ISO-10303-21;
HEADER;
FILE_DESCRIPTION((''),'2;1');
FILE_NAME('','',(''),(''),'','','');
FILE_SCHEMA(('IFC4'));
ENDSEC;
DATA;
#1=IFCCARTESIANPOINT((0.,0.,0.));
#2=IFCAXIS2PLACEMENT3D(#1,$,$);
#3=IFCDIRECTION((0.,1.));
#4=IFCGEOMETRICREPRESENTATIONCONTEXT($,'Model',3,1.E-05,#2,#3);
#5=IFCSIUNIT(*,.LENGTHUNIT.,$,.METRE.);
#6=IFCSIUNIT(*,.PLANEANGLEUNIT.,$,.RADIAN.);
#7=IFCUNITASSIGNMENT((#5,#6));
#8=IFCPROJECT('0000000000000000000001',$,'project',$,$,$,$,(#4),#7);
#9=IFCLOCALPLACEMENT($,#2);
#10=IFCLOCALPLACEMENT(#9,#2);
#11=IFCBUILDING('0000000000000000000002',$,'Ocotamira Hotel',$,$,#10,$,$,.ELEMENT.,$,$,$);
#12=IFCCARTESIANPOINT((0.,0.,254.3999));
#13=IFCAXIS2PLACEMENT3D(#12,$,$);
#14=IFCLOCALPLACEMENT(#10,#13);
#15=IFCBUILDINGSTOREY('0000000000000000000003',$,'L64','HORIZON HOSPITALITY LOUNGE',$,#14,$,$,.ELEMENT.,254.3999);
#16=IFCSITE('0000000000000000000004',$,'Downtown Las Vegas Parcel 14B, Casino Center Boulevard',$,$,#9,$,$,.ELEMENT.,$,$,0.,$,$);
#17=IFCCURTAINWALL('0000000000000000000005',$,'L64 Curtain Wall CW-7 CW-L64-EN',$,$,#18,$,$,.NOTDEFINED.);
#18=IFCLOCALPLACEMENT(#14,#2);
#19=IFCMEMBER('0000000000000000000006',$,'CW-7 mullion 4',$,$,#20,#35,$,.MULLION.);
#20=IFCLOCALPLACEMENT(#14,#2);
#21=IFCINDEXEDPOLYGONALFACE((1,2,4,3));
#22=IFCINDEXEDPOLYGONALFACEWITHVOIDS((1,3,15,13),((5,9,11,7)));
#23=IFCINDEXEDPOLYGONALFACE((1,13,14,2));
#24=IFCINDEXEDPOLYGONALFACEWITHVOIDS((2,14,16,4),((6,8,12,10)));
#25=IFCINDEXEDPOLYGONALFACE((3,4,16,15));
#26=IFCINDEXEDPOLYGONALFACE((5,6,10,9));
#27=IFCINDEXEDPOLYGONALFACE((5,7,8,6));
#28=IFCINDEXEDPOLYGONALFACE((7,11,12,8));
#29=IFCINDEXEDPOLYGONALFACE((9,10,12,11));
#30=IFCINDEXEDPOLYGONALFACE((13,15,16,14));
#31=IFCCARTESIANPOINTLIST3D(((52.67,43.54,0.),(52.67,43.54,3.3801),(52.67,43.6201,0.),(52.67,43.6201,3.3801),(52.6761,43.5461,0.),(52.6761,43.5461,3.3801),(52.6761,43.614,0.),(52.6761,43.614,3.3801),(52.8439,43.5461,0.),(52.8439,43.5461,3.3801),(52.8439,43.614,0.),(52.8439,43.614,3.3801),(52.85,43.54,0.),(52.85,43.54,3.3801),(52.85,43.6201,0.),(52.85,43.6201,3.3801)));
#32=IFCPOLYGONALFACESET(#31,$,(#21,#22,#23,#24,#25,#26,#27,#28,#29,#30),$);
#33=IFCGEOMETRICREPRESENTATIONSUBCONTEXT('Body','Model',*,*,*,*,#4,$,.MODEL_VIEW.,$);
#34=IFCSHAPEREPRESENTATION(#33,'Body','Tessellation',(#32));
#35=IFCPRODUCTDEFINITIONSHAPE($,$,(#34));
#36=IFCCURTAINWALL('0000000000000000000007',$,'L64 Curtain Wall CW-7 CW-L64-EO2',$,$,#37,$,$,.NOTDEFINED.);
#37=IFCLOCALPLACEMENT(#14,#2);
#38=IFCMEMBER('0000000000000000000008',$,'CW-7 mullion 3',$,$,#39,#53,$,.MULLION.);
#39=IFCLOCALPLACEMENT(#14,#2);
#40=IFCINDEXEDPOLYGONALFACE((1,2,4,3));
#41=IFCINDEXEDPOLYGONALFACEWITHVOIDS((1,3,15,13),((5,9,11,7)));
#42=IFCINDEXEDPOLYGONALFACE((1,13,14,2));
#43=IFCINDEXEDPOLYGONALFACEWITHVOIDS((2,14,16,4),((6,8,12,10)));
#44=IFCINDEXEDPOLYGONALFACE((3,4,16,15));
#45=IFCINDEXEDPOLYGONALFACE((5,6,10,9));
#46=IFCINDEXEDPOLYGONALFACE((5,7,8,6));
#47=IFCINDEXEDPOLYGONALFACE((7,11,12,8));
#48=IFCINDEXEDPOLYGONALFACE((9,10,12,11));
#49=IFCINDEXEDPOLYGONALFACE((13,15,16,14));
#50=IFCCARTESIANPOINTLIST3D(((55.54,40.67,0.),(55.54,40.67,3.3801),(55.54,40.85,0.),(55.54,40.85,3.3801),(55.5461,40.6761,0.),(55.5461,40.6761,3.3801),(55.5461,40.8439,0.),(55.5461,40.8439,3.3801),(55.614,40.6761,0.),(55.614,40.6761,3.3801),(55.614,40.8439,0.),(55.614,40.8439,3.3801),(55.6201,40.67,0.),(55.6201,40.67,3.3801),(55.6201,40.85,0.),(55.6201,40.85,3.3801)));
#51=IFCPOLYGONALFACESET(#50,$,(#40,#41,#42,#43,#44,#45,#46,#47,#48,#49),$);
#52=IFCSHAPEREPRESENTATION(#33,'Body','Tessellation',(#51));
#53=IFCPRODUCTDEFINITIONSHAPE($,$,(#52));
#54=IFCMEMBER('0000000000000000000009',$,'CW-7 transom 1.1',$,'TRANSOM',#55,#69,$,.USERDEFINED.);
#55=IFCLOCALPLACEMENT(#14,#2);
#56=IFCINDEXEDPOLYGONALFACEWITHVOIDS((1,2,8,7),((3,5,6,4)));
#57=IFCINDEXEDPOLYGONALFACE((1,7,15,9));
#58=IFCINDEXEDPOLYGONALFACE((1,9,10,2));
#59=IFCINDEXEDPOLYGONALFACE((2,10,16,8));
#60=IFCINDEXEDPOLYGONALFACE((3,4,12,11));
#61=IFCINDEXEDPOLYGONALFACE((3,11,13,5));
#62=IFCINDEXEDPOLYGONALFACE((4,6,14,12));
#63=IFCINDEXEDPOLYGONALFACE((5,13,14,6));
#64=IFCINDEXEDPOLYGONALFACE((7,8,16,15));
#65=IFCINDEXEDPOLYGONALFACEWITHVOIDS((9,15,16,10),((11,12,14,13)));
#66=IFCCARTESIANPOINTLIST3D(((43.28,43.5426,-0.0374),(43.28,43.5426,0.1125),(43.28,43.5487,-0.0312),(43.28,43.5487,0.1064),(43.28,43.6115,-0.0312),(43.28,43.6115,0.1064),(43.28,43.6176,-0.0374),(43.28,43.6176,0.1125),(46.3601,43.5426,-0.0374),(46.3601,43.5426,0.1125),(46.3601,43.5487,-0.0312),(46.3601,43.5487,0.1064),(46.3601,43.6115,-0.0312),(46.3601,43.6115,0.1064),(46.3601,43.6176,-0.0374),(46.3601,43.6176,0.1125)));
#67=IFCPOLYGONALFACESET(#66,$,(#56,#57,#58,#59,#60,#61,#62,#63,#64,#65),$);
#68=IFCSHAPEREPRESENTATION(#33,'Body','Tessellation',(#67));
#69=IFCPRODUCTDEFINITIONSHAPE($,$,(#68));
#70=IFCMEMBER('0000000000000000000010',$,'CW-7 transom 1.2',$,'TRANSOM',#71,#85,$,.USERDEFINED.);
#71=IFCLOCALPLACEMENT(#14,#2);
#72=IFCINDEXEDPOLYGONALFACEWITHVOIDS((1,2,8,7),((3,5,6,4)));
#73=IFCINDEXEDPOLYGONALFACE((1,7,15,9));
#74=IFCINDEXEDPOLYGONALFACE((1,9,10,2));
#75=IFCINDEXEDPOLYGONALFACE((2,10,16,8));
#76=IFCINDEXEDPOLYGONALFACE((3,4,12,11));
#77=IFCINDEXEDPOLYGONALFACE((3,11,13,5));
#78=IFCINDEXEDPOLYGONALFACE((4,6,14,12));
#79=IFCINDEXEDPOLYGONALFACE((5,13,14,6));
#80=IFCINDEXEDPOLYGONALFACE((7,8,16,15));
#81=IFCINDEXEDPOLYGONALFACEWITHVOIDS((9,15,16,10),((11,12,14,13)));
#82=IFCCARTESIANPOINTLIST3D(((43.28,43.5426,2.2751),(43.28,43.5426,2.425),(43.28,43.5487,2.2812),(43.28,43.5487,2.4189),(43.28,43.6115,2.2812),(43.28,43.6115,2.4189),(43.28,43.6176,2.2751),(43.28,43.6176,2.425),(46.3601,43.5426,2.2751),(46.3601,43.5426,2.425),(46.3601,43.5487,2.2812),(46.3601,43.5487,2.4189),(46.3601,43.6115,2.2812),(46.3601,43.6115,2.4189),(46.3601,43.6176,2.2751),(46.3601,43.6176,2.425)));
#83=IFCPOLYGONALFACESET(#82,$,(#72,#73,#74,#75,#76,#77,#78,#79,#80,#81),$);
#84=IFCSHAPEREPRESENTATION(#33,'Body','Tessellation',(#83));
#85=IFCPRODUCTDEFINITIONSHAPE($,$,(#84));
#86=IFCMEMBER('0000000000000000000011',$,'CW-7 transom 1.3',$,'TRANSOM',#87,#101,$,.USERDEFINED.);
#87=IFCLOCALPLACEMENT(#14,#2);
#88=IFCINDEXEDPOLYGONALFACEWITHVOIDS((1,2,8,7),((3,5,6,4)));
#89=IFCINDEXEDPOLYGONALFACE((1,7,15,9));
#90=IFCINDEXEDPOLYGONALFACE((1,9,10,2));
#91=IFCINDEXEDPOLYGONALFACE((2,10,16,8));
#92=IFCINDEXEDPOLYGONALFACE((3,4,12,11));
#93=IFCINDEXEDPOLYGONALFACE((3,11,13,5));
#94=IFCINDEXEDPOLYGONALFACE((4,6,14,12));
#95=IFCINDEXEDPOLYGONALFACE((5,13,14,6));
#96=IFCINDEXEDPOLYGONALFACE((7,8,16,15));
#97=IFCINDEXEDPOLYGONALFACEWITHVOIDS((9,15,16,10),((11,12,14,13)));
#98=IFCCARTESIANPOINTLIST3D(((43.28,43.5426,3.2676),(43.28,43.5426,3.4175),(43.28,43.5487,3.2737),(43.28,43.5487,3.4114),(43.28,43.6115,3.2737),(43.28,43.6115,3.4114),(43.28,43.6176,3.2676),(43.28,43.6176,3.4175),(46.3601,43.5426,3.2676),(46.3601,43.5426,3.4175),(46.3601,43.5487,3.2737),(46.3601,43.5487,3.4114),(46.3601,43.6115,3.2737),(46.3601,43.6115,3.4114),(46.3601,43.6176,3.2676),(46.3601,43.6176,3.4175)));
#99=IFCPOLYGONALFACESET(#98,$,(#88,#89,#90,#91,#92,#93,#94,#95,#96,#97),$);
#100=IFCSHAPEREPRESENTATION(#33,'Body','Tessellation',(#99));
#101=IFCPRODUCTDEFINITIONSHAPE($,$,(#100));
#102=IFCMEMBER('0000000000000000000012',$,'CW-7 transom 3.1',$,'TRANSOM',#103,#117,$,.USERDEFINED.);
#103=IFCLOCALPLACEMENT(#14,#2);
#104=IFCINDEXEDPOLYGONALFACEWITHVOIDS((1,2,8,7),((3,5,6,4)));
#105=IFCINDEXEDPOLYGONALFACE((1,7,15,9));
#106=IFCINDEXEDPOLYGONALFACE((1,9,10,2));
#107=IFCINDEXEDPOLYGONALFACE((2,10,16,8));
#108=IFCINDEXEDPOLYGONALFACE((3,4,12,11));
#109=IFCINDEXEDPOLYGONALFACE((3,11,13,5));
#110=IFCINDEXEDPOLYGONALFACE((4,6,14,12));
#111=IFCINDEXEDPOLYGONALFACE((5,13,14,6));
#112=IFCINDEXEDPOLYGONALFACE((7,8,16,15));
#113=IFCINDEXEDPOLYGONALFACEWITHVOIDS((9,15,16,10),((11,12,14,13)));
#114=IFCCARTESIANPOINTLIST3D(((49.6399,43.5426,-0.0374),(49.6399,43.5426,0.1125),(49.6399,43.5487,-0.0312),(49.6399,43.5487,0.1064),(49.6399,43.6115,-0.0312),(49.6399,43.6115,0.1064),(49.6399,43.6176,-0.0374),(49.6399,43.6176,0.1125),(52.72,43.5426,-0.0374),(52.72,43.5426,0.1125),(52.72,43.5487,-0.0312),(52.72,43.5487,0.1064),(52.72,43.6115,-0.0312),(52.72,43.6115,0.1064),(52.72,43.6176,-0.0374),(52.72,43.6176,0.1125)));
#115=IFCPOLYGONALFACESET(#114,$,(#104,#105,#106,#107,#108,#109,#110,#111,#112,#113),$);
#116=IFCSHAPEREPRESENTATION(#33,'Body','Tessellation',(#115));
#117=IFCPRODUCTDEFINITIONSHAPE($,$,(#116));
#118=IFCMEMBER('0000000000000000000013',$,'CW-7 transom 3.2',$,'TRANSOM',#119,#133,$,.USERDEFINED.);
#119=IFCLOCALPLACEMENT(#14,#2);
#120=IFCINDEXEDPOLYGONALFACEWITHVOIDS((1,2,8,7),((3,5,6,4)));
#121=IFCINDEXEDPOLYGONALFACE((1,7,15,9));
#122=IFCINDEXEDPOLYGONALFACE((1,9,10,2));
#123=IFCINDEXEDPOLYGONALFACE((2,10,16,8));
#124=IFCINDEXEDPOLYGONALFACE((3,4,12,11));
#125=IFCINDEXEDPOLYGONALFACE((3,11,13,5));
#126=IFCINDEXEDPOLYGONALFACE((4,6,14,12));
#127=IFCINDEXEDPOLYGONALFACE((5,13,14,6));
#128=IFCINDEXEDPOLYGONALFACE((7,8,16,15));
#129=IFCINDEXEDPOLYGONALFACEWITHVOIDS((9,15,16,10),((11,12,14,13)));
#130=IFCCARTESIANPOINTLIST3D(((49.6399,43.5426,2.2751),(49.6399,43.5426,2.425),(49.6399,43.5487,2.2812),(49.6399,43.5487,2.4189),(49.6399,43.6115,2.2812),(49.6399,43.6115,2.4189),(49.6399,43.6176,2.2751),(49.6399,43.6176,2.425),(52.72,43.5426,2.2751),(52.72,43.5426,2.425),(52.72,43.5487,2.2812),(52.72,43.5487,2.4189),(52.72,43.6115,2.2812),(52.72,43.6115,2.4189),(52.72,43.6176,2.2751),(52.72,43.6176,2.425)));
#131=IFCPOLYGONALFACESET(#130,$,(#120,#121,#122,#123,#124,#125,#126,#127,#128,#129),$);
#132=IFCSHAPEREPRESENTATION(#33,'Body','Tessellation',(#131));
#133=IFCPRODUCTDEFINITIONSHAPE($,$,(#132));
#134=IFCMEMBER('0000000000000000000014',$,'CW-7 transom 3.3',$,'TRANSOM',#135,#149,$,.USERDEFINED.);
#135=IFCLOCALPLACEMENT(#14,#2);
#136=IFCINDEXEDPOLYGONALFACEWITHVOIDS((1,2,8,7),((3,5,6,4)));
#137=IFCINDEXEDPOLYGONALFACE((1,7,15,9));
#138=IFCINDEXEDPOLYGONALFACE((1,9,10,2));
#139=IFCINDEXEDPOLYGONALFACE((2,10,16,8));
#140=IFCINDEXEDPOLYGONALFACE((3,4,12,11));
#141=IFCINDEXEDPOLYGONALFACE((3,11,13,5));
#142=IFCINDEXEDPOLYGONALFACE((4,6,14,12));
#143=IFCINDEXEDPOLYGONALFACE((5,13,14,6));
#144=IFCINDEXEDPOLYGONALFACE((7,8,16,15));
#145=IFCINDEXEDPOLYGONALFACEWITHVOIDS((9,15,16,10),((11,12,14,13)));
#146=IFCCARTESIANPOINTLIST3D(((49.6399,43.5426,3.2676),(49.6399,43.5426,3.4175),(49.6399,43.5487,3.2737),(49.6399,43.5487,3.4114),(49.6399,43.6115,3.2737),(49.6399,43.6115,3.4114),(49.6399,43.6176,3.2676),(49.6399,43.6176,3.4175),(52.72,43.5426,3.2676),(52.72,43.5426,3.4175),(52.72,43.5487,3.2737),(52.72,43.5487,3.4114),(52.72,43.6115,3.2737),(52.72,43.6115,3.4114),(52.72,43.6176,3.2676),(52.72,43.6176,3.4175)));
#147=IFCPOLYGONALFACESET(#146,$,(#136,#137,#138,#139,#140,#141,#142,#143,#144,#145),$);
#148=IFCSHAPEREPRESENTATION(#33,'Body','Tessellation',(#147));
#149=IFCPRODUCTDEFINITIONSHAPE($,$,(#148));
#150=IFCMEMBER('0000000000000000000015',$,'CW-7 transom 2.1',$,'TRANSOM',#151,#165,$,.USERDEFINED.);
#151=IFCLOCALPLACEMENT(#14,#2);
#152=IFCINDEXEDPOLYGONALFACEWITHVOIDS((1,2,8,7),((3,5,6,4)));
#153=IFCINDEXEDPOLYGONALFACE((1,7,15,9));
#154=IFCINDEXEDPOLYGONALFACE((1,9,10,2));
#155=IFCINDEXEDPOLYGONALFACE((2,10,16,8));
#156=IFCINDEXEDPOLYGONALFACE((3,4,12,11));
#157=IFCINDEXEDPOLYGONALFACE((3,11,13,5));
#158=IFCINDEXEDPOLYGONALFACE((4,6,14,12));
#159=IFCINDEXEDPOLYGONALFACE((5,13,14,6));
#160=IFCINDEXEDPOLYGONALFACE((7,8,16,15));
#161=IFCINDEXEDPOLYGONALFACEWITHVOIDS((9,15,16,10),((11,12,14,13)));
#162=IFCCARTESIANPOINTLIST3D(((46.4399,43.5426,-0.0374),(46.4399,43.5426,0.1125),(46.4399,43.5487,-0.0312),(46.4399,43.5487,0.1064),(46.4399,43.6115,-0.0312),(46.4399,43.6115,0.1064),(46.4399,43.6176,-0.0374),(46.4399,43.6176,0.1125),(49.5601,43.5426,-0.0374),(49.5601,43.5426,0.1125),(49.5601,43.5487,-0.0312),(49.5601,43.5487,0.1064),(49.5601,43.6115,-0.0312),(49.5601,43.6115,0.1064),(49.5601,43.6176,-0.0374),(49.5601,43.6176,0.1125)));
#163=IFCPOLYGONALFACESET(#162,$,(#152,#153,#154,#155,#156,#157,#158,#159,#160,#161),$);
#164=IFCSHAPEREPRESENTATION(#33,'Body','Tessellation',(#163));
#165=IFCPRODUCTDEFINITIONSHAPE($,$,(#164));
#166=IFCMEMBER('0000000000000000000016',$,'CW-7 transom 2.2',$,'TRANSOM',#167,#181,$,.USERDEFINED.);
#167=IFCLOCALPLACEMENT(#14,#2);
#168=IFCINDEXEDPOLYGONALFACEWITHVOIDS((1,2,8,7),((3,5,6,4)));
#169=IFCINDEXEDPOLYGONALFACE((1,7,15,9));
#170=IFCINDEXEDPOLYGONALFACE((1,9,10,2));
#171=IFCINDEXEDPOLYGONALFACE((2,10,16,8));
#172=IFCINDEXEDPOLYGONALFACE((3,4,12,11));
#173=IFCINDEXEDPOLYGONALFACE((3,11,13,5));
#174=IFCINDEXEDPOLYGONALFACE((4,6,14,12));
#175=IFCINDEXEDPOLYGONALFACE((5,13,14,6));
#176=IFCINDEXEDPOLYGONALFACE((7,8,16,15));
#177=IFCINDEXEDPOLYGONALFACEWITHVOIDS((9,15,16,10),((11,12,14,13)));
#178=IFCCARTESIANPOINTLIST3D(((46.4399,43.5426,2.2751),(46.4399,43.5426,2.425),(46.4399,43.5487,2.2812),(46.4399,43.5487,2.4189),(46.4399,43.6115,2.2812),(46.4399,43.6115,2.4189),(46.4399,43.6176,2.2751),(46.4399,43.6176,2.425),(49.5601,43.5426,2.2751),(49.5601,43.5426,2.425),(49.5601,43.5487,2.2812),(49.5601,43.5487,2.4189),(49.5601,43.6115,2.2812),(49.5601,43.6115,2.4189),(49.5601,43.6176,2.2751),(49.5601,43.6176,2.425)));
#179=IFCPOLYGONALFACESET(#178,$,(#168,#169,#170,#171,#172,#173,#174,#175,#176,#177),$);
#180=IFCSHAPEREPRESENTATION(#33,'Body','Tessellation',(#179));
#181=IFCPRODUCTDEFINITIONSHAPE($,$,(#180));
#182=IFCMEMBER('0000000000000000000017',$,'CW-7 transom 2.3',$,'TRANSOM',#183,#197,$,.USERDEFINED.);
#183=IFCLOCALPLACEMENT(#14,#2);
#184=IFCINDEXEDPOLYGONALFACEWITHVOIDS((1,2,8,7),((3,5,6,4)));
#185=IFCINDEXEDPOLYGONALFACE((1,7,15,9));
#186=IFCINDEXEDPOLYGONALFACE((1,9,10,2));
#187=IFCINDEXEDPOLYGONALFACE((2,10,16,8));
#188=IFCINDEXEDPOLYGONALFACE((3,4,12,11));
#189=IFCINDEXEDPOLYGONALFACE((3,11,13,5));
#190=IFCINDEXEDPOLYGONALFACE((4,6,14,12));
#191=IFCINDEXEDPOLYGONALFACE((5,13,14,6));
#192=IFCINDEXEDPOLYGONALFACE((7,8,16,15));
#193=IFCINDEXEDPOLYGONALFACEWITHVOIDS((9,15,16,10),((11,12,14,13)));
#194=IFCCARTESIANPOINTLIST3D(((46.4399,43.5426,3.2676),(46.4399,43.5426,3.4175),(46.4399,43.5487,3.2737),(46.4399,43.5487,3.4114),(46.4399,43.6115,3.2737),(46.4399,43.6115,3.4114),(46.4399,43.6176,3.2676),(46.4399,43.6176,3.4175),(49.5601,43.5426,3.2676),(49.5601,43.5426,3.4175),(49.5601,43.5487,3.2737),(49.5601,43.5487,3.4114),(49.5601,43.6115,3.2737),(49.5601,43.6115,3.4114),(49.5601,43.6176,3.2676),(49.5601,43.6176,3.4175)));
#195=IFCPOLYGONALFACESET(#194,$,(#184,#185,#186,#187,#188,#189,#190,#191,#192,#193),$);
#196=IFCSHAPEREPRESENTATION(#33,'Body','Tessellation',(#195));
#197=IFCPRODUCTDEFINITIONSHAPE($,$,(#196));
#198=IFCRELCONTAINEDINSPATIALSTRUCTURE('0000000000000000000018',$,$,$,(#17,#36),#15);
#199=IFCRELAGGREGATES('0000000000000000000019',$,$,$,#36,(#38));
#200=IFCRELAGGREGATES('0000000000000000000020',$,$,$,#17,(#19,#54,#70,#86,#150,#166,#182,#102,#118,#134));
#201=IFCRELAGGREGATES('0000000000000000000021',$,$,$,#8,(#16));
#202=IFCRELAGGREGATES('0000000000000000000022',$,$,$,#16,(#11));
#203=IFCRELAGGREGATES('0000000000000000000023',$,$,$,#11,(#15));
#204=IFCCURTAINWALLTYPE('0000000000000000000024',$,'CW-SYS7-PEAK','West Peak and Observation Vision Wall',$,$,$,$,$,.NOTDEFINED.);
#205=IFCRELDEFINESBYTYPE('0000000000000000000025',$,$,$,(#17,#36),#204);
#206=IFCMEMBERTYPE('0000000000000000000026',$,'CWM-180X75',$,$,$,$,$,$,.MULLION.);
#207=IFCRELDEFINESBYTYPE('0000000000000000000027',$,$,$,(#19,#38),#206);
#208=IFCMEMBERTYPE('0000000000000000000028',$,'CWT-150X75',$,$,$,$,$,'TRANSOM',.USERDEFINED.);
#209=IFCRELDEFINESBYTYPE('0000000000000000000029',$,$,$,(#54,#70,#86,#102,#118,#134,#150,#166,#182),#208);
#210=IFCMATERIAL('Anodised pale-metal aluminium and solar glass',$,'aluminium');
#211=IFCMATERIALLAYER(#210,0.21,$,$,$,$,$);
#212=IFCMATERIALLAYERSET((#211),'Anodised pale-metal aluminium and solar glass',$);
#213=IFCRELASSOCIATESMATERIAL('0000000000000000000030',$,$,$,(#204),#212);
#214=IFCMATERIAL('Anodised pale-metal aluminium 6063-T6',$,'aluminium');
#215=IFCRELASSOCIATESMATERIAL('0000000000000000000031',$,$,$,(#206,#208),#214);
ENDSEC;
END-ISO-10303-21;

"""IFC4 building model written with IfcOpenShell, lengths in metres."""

from ifc_helpers import new_model, si_unit, direction, frame, origin, origin_2d, place, context, subcontext, project, spatial, hollow_rectangle, extrude, source, transform, mapped, material, layer, layer_set, material_profile, profile_set, type_object, element, aggregate, save


model = new_model("IFC4")

# Units and contexts
model_context = context("Model", 3, precision=1e-05, world=origin(), true_north=direction((0.0, 1.0)))
body_context = subcontext(model_context, "Body", "Model", "MODEL_VIEW")
ifc_project = project(units=[si_unit("LENGTHUNIT", "METRE"), si_unit("PLANEANGLEUNIT", "RADIAN")], contexts=[model_context])

# Site, building, storey
site_placement = place(None, origin())
site = spatial("IfcSite", under=ifc_project, at=site_placement, Name="Downtown Las Vegas Parcel 14B, Casino Center Boulevard", CompositionType="ELEMENT", RefElevation=0.0)
building_placement = place(site_placement, origin())
building = spatial("IfcBuilding", under=site, at=building_placement, Name="Ocotamira Hotel", CompositionType="ELEMENT")
storey_placement = place(building_placement, frame((0.0, 0.0, 254.3999)))
storey = spatial("IfcBuildingStorey", under=building, at=storey_placement, Name="L64", Description="HORIZON HOSPITALITY LOUNGE", CompositionType="ELEMENT", Elevation=254.3999)

# Curtain wall, member
ifc_material_1 = material(Name="Anodised pale-metal aluminium and solar glass", Category="aluminium")
ifc_layer_1 = layer(ifc_material_1, 0.21)
ifc_layer_set_1 = layer_set([ifc_layer_1], Name="Anodised pale-metal aluminium and solar glass")
curtain_wall_type = type_object("IfcCurtainWallType", Name="CW-SYS7-PEAK", Description="West Peak and Observation Vision Wall", PredefinedType="NOTDEFINED", material=ifc_layer_set_1)
curtain_wall_1_placement = place(storey_placement, origin())
curtain_wall_1 = element("IfcCurtainWall", 1, at=curtain_wall_1_placement, inside=storey, type_object=curtain_wall_type, Name="L64 Curtain Wall CW-7 CW-L64-EN", PredefinedType="NOTDEFINED")
ifc_material_2 = material(Name="Anodised pale-metal aluminium 6063-T6", Category="aluminium")
ifc_material_profile_1 = material_profile(ifc_material_2, hollow_rectangle(XDim=0.0801, YDim=0.1799, WallThickness=0.0061, at=origin_2d()), Name="HSS180X80X6")
ifc_profile_set_1 = profile_set([ifc_material_profile_1], Name="Anodised pale-metal aluminium 6063-T6")
member_type_1 = type_object("IfcMemberType", Name="CWM-180X75", PredefinedType="MULLION", material=ifc_profile_set_1)
shared_shape_1 = source(origin(), body_context, "Body", "SweptSolid", [
    extrude(hollow_rectangle(XDim=0.0801, YDim=0.1799, WallThickness=0.0061, at=origin_2d()), origin(), (0.0, 0.0, 1.0), 3.3801),
])
member_1_placement = place(storey_placement, frame((52.76, 43.5801, 0.0), z_axis=(0.0, 0.0, 1.0), x_axis=(0.0, 1.0, 0.0)))
member_1 = element("IfcMember", 2, at=member_1_placement, type_object=member_type_1, Name="CW-7 mullion 4", PredefinedType="MULLION", context=body_context, shape_type="MappedRepresentation", body=[
    mapped(shared_shape_1, transform((0.0, 0.0, 0.0), scale=1.0)),
])

# Curtain wall, member
curtain_wall_2_placement = place(storey_placement, origin())
curtain_wall_2 = element("IfcCurtainWall", 3, at=curtain_wall_2_placement, inside=storey, type_object=curtain_wall_type, Name="L64 Curtain Wall CW-7 CW-L64-EO2", PredefinedType="NOTDEFINED")
member_2_placement = place(storey_placement, frame((55.5801, 40.76, 0.0), z_axis=(0.0, 0.0, 1.0), x_axis=(-1.0, 0.0, 0.0)))
member_2 = element("IfcMember", 4, at=member_2_placement, type_object=member_type_1, Name="CW-7 mullion 3", PredefinedType="MULLION", context=body_context, shape_type="MappedRepresentation", body=[
    mapped(shared_shape_1, transform((0.0, 0.0, 0.0), scale=1.0)),
])
aggregate(curtain_wall_2, [member_2])

# Members
ifc_material_profile_2 = material_profile(ifc_material_2, hollow_rectangle(XDim=0.075, YDim=0.1499, WallThickness=0.0061, at=origin_2d()), Name="HSS150X75X6")
ifc_profile_set_2 = profile_set([ifc_material_profile_2], Name="Anodised pale-metal aluminium 6063-T6")
member_type_2 = type_object("IfcMemberType", Name="CWT-150X75", ElementType="TRANSOM", PredefinedType="USERDEFINED", material=ifc_profile_set_2)
shared_shape_2 = source(origin(), body_context, "Body", "SweptSolid", [
    extrude(hollow_rectangle(XDim=0.075, YDim=0.1499, WallThickness=0.0061, at=origin_2d()), origin(), (0.0, 0.0, 1.0), 3.0801),
])
member_3_placement = place(storey_placement, frame((43.28, 43.5801, 0.0376), z_axis=(1.0, 0.0, 0.0), x_axis=(0.0, 1.0, 0.0)))
member_3 = element("IfcMember", 5, at=member_3_placement, type_object=member_type_2, Name="CW-7 transom 1.1", ObjectType="TRANSOM", PredefinedType="USERDEFINED", context=body_context, shape_type="MappedRepresentation", body=[
    mapped(shared_shape_2, transform((0.0, 0.0, 0.0), scale=1.0)),
])
member_4_placement = place(storey_placement, frame((43.28, 43.5801, 2.3501), z_axis=(1.0, 0.0, 0.0), x_axis=(0.0, 1.0, 0.0)))
member_4 = element("IfcMember", 6, at=member_4_placement, type_object=member_type_2, Name="CW-7 transom 1.2", ObjectType="TRANSOM", PredefinedType="USERDEFINED", context=body_context, shape_type="MappedRepresentation", body=[
    mapped(shared_shape_2, transform((0.0, 0.0, 0.0), scale=1.0)),
])
member_5_placement = place(storey_placement, frame((43.28, 43.5801, 3.3425), z_axis=(1.0, 0.0, 0.0), x_axis=(0.0, 1.0, 0.0)))
member_5 = element("IfcMember", 7, at=member_5_placement, type_object=member_type_2, Name="CW-7 transom 1.3", ObjectType="TRANSOM", PredefinedType="USERDEFINED", context=body_context, shape_type="MappedRepresentation", body=[
    mapped(shared_shape_2, transform((0.0, 0.0, 0.0), scale=1.0)),
])
member_6_placement = place(storey_placement, frame((49.6399, 43.5801, 0.0376), z_axis=(1.0, 0.0, 0.0), x_axis=(0.0, 1.0, 0.0)))
member_6 = element("IfcMember", 8, at=member_6_placement, type_object=member_type_2, Name="CW-7 transom 3.1", ObjectType="TRANSOM", PredefinedType="USERDEFINED", context=body_context, shape_type="MappedRepresentation", body=[
    mapped(shared_shape_2, transform((0.0, 0.0, 0.0), scale=1.0)),
])
member_7_placement = place(storey_placement, frame((49.6399, 43.5801, 2.3501), z_axis=(1.0, 0.0, 0.0), x_axis=(0.0, 1.0, 0.0)))
member_7 = element("IfcMember", 9, at=member_7_placement, type_object=member_type_2, Name="CW-7 transom 3.2", ObjectType="TRANSOM", PredefinedType="USERDEFINED", context=body_context, shape_type="MappedRepresentation", body=[
    mapped(shared_shape_2, transform((0.0, 0.0, 0.0), scale=1.0)),
])
member_8_placement = place(storey_placement, frame((49.6399, 43.5801, 3.3425), z_axis=(1.0, 0.0, 0.0), x_axis=(0.0, 1.0, 0.0)))
member_8 = element("IfcMember", 10, at=member_8_placement, type_object=member_type_2, Name="CW-7 transom 3.3", ObjectType="TRANSOM", PredefinedType="USERDEFINED", context=body_context, shape_type="MappedRepresentation", body=[
    mapped(shared_shape_2, transform((0.0, 0.0, 0.0), scale=1.0)),
])
shared_shape_3 = source(origin(), body_context, "Body", "SweptSolid", [
    extrude(hollow_rectangle(XDim=0.075, YDim=0.1499, WallThickness=0.0061, at=origin_2d()), origin(), (0.0, 0.0, 1.0), 3.1201),
])
member_9_placement = place(storey_placement, frame((46.4399, 43.5801, 0.0376), z_axis=(1.0, 0.0, 0.0), x_axis=(0.0, 1.0, 0.0)))
member_9 = element("IfcMember", 11, at=member_9_placement, type_object=member_type_2, Name="CW-7 transom 2.1", ObjectType="TRANSOM", PredefinedType="USERDEFINED", context=body_context, shape_type="MappedRepresentation", body=[
    mapped(shared_shape_3, transform((0.0, 0.0, 0.0), scale=1.0)),
])
member_10_placement = place(storey_placement, frame((46.4399, 43.5801, 2.3501), z_axis=(1.0, 0.0, 0.0), x_axis=(0.0, 1.0, 0.0)))
member_10 = element("IfcMember", 12, at=member_10_placement, type_object=member_type_2, Name="CW-7 transom 2.2", ObjectType="TRANSOM", PredefinedType="USERDEFINED", context=body_context, shape_type="MappedRepresentation", body=[
    mapped(shared_shape_3, transform((0.0, 0.0, 0.0), scale=1.0)),
])
member_11_placement = place(storey_placement, frame((46.4399, 43.5801, 3.3425), z_axis=(1.0, 0.0, 0.0), x_axis=(0.0, 1.0, 0.0)))
member_11 = element("IfcMember", 13, at=member_11_placement, type_object=member_type_2, Name="CW-7 transom 2.3", ObjectType="TRANSOM", PredefinedType="USERDEFINED", context=body_context, shape_type="MappedRepresentation", body=[
    mapped(shared_shape_3, transform((0.0, 0.0, 0.0), scale=1.0)),
])

aggregate(curtain_wall_1, [member_1, member_3, member_4, member_5, member_9, member_10, member_11, member_6, member_7, member_8])

save(model, "model.ifc")
